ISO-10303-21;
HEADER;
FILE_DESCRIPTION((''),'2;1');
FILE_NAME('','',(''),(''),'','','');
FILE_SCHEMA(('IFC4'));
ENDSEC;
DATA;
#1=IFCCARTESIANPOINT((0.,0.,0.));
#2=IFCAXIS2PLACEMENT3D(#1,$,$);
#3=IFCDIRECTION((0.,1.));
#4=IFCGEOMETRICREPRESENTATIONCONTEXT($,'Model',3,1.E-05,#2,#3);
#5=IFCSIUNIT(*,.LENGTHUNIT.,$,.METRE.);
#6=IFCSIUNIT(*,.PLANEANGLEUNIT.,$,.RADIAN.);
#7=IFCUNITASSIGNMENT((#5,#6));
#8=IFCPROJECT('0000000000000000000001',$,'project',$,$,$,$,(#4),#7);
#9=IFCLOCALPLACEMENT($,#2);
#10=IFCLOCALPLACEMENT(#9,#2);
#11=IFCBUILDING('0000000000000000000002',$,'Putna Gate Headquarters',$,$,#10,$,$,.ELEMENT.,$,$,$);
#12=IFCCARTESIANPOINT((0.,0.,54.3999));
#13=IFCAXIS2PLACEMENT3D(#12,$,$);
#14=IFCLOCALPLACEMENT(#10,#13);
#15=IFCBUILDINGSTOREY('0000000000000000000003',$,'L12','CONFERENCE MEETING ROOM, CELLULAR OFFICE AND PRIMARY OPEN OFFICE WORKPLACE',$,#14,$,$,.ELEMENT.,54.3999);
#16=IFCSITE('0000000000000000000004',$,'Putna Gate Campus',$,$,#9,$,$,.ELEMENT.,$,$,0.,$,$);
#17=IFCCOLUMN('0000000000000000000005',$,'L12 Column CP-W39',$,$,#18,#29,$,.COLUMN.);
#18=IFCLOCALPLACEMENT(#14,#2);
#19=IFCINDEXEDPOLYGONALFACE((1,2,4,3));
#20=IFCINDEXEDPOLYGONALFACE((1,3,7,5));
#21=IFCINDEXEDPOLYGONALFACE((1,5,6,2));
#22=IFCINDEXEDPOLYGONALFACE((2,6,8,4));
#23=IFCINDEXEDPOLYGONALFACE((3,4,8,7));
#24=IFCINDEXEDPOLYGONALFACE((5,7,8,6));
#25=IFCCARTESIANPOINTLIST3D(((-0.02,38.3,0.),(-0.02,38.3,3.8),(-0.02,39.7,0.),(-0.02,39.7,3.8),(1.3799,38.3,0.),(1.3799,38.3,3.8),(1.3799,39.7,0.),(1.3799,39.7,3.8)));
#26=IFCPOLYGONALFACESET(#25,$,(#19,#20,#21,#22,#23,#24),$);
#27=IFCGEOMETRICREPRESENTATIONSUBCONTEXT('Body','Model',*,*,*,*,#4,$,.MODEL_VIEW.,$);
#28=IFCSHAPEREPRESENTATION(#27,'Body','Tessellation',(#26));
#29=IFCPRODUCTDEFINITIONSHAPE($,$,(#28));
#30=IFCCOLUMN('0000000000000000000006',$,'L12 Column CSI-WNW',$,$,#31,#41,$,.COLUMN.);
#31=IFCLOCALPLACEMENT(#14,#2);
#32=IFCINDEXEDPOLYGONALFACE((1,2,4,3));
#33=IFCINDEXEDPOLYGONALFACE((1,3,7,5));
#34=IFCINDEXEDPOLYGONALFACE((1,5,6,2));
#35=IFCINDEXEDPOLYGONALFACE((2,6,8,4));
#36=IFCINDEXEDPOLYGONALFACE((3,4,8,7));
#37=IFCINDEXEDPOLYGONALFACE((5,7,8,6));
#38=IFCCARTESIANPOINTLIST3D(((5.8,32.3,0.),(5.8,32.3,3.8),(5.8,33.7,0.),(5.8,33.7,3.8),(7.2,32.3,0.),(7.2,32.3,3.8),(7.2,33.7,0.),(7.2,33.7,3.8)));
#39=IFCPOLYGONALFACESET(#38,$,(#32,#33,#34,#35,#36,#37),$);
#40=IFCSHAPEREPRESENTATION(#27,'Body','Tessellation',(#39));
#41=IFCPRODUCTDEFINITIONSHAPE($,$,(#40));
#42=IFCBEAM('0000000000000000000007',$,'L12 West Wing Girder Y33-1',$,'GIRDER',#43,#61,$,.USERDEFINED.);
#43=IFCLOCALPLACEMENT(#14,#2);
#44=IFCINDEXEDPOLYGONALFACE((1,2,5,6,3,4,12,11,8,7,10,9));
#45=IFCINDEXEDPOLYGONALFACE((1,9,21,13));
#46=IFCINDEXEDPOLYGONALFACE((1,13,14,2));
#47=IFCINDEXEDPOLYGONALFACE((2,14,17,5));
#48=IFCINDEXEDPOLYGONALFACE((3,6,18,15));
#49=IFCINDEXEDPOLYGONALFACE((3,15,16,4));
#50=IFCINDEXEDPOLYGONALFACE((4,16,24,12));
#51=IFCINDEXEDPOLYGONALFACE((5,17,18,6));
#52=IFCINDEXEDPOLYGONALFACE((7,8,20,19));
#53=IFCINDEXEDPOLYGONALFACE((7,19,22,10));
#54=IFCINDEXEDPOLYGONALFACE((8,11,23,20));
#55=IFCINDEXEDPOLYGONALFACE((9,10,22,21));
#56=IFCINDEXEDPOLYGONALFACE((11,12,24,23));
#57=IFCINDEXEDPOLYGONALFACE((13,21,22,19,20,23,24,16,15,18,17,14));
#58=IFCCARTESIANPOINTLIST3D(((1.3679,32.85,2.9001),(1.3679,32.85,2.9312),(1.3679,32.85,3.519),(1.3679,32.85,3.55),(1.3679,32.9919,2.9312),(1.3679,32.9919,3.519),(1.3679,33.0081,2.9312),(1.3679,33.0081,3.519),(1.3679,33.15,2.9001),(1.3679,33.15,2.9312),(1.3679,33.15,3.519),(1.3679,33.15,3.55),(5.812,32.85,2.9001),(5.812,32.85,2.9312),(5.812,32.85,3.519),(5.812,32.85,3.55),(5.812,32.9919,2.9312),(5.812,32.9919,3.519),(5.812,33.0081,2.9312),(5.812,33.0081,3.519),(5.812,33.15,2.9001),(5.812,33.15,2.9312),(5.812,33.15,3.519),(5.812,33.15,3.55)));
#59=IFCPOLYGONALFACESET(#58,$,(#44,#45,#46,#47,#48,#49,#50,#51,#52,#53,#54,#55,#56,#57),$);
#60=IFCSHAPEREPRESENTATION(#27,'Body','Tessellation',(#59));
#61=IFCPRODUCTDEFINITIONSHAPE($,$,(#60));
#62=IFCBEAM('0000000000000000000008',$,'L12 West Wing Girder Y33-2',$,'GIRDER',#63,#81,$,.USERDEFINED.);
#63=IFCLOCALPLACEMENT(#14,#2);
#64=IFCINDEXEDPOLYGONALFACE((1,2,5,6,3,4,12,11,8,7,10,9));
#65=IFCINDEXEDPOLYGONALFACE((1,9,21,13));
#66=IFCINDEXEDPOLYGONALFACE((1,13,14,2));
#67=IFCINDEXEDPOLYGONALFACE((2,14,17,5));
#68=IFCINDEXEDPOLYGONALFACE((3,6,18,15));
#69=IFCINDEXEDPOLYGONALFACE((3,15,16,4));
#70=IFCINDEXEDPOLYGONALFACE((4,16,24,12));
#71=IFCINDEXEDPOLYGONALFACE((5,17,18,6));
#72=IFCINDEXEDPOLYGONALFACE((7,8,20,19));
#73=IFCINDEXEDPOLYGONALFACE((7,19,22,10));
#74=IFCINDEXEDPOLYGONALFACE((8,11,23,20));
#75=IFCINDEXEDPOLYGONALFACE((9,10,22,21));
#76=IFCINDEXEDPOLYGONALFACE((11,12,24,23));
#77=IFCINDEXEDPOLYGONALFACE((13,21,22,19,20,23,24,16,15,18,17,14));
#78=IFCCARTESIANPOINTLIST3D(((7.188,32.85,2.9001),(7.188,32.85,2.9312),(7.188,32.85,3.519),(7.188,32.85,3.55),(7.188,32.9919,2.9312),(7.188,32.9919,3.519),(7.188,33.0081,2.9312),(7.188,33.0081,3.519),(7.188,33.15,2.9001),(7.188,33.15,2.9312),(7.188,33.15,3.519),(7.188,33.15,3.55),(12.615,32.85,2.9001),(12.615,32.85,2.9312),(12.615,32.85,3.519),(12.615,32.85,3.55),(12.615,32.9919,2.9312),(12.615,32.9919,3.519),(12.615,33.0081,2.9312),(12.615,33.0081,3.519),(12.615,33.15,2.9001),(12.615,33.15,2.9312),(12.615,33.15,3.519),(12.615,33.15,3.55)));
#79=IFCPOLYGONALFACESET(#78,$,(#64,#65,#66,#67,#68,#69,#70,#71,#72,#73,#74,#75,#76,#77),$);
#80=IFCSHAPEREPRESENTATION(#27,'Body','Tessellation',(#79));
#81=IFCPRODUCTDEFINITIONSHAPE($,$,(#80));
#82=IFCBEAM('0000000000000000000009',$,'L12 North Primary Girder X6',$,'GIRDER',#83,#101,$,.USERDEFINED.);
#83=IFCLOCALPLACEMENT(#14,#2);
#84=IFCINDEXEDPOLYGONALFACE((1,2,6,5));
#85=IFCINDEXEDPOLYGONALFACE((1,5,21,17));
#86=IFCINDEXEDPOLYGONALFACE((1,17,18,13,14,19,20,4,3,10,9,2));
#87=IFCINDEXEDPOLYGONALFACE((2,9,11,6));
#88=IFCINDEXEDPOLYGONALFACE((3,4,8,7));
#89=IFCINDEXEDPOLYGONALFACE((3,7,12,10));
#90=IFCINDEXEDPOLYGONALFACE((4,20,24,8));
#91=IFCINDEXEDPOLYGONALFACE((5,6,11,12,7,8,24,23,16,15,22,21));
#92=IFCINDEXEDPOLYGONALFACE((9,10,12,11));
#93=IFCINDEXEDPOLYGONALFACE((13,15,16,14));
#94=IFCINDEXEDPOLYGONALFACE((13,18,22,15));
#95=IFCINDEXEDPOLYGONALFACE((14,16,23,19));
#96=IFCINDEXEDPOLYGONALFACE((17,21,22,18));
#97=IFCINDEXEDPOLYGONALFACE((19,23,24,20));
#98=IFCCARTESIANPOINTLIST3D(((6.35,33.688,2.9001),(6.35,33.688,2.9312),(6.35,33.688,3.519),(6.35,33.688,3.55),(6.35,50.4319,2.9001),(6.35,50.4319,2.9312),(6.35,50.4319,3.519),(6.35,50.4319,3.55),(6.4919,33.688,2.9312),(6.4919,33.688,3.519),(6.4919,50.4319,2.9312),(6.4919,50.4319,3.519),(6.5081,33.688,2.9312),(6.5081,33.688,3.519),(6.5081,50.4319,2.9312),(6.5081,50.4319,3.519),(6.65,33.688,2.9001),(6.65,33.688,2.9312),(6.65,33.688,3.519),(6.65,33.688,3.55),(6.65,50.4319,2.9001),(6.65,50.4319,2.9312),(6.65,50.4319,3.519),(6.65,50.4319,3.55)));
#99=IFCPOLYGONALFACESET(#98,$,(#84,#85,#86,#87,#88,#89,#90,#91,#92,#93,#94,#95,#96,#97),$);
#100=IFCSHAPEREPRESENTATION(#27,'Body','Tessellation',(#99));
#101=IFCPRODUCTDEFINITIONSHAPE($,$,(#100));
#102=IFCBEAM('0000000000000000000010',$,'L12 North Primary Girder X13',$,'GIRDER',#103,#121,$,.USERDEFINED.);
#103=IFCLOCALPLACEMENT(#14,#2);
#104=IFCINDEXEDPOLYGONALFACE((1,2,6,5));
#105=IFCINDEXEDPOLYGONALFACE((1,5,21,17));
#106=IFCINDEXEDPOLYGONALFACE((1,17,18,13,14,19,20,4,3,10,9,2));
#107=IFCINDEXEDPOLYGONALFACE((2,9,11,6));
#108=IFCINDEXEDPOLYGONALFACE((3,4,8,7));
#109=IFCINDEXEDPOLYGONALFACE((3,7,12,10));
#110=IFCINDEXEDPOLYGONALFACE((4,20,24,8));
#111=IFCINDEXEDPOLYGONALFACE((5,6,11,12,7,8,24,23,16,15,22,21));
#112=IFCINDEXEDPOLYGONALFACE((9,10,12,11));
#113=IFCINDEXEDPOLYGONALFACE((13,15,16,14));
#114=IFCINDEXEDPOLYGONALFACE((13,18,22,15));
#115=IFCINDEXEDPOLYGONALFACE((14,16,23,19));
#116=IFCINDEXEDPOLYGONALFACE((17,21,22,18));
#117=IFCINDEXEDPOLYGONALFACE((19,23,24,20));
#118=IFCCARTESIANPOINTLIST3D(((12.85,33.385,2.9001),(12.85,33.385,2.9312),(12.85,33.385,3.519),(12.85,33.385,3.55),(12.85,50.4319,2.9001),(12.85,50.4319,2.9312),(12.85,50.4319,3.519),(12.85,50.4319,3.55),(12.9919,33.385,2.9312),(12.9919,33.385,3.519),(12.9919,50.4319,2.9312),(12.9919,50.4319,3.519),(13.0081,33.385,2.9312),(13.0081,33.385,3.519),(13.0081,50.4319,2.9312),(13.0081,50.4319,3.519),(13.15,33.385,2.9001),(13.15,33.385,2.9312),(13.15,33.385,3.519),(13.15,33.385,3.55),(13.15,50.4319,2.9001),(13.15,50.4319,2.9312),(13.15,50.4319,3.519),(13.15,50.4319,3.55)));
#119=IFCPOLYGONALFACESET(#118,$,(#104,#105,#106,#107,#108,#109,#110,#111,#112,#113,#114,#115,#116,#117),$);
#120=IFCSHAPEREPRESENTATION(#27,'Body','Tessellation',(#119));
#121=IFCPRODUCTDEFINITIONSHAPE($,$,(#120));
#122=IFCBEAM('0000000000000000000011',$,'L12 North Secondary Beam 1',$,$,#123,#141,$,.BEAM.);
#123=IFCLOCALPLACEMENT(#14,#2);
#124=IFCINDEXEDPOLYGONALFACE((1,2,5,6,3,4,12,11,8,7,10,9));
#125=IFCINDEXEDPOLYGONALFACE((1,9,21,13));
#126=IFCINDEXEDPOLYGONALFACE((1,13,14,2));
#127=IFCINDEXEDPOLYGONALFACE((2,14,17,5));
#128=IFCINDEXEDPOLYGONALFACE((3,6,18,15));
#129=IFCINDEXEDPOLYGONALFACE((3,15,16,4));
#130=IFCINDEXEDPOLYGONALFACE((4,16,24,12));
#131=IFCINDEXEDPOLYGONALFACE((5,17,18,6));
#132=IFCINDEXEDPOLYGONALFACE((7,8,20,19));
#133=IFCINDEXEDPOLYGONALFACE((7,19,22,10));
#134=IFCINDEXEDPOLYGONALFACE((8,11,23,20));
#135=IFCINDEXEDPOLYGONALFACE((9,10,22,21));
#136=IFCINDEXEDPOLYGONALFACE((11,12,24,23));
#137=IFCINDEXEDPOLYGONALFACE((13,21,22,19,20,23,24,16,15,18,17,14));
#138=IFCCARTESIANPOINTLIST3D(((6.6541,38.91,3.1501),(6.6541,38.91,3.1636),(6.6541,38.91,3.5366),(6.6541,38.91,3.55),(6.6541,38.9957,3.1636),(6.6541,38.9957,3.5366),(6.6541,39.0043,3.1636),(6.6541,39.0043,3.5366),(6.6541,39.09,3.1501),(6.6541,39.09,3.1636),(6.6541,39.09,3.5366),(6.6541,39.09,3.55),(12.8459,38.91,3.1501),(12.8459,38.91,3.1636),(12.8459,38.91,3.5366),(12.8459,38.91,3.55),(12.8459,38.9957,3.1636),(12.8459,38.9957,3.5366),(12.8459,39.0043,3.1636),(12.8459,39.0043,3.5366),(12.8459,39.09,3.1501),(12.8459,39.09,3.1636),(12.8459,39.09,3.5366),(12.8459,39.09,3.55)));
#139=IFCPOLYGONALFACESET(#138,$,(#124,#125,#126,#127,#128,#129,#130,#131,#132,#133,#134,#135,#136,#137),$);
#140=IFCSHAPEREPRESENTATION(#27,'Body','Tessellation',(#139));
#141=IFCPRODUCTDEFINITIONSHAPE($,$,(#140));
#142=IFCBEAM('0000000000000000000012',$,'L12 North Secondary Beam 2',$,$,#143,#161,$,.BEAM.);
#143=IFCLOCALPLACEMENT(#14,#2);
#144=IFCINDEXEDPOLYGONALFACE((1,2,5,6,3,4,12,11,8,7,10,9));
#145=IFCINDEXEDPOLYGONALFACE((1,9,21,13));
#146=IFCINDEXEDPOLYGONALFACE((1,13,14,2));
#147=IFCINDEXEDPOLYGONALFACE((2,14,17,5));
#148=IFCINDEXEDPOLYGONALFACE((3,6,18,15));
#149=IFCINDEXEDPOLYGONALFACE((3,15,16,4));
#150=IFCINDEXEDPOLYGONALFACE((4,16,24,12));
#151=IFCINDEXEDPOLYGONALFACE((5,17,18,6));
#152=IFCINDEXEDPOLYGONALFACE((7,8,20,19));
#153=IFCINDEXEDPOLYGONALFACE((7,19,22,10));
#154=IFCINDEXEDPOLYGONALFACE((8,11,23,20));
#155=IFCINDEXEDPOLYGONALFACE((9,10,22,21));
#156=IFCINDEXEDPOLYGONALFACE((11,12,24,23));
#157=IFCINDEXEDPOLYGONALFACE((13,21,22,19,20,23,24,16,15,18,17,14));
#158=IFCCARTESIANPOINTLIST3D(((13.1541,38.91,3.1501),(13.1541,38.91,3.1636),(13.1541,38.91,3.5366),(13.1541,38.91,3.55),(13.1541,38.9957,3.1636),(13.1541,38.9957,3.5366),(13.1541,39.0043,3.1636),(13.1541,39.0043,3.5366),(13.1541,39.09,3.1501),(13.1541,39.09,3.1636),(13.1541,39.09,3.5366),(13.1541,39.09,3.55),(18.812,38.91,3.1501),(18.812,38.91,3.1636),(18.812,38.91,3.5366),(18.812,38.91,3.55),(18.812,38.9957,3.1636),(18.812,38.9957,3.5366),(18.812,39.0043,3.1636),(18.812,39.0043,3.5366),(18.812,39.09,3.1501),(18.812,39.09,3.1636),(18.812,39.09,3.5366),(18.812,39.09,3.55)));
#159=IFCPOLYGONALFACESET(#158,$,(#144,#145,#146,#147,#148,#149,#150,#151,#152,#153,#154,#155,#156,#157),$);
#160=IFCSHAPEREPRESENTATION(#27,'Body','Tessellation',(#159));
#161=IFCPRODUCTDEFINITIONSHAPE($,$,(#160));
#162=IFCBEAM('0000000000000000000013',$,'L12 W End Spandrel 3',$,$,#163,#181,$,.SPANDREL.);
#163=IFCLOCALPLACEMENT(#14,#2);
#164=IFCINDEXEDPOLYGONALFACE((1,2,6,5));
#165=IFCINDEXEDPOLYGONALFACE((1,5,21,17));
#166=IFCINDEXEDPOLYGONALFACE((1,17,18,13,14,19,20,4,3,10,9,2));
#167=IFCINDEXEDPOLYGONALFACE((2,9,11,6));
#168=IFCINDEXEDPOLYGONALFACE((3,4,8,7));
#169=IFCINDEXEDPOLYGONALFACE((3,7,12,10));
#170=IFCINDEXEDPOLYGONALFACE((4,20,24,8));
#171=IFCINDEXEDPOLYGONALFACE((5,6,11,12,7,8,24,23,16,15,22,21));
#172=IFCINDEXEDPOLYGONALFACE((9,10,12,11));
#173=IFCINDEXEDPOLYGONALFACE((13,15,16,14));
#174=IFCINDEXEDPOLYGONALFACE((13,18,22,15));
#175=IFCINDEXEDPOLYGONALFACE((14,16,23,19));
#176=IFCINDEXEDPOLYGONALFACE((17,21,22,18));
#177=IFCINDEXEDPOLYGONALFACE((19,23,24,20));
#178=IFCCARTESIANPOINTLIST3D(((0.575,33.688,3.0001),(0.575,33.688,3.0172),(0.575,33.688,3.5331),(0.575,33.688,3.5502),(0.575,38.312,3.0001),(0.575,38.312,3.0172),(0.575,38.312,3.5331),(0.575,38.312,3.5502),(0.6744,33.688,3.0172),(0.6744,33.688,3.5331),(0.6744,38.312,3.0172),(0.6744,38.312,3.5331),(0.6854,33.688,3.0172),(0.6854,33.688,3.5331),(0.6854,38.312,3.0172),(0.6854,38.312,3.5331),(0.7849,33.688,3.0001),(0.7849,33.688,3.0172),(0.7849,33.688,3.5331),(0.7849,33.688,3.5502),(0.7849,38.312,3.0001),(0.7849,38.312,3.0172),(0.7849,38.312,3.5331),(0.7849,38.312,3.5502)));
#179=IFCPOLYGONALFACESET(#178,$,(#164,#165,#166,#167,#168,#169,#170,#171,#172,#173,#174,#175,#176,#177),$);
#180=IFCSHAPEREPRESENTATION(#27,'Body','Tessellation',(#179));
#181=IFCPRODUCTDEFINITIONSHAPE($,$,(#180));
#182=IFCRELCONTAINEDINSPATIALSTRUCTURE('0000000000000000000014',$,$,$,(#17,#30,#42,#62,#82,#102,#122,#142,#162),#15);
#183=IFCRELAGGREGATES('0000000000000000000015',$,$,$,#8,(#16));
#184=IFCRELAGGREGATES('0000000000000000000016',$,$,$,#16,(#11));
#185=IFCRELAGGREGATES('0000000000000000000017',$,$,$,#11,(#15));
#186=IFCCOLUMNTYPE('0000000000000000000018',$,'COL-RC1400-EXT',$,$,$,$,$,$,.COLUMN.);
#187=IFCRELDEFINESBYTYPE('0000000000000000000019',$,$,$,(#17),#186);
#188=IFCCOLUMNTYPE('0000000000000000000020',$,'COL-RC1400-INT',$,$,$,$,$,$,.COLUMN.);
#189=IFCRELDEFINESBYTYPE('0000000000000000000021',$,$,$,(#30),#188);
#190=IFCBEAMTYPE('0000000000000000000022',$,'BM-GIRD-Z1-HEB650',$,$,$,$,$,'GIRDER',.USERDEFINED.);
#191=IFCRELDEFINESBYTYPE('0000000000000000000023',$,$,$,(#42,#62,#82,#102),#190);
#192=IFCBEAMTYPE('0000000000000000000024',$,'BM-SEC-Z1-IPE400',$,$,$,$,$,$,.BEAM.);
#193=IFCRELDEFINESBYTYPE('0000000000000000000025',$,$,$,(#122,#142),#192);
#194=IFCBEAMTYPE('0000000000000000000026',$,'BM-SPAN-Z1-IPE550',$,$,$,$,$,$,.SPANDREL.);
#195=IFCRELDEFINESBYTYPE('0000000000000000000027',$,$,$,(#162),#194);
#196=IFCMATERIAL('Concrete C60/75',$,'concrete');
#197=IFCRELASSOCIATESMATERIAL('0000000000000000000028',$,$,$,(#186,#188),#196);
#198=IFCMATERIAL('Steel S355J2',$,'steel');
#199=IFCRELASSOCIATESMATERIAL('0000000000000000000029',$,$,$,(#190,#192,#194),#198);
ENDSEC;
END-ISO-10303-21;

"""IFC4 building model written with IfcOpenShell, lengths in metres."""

from ifc_helpers import new_model, si_unit, direction, frame, origin, origin_2d, place, context, subcontext, project, spatial, rectangle, i_section, extrude, material, material_profile, profile_set, type_object, element, save


model = new_model("IFC4")

# Units and contexts
model_context = context("Model", 3, precision=1e-05, world=origin(), true_north=direction((0.0, 1.0)))
body_context = subcontext(model_context, "Body", "Model", "MODEL_VIEW")
ifc_project = project(units=[si_unit("LENGTHUNIT", "METRE"), si_unit("PLANEANGLEUNIT", "RADIAN")], contexts=[model_context])

# Site, building, storey
site_placement = place(None, origin())
site = spatial("IfcSite", under=ifc_project, at=site_placement, Name="Putna Gate Campus", CompositionType="ELEMENT", RefElevation=0.0)
building_placement = place(site_placement, origin())
building = spatial("IfcBuilding", under=site, at=building_placement, Name="Putna Gate Headquarters", CompositionType="ELEMENT")
storey_placement = place(building_placement, frame((0.0, 0.0, 54.3999)))
storey = spatial("IfcBuildingStorey", under=building, at=storey_placement, Name="L12", Description="CONFERENCE MEETING ROOM, CELLULAR OFFICE AND PRIMARY OPEN OFFICE WORKPLACE", CompositionType="ELEMENT", Elevation=54.3999)

# Columns
ifc_material_1 = material(Name="Concrete C60/75", Category="concrete")
ifc_material_profile_1 = material_profile(ifc_material_1, rectangle(XDim=1.3999, YDim=1.3999, at=origin_2d()), Name="Concrete C60/75")
ifc_profile_set_1 = profile_set([ifc_material_profile_1], Name="Concrete C60/75")
column_type_1 = type_object("IfcColumnType", Name="COL-RC1400-EXT", PredefinedType="COLUMN", material=ifc_profile_set_1)
column_1_placement = place(storey_placement, frame((0.6799, 39.0, 0.0), z_axis=(0.0, 0.0, 1.0), x_axis=(1.0, 0.0, 0.0)))
element("IfcColumn", 1, at=column_1_placement, inside=storey, type_object=column_type_1, Name="L12 Column CP-W39", PredefinedType="COLUMN", context=body_context, shape_type="SweptSolid", body=[
    extrude(rectangle(XDim=1.3999, YDim=1.3999, at=origin_2d()), origin(), (0.0, 0.0, 1.0), 3.8),
])
ifc_material_profile_2 = material_profile(ifc_material_1, rectangle(XDim=1.3999, YDim=1.3999, at=origin_2d()), Name="Concrete C60/75")
ifc_profile_set_2 = profile_set([ifc_material_profile_2], Name="Concrete C60/75")
column_type_2 = type_object("IfcColumnType", Name="COL-RC1400-INT", PredefinedType="COLUMN", material=ifc_profile_set_2)
column_2_placement = place(storey_placement, frame((6.5, 33.0, 0.0), z_axis=(0.0, 0.0, 1.0), x_axis=(1.0, 0.0, 0.0)))
element("IfcColumn", 2, at=column_2_placement, inside=storey, type_object=column_type_2, Name="L12 Column CSI-WNW", PredefinedType="COLUMN", context=body_context, shape_type="SweptSolid", body=[
    extrude(rectangle(XDim=1.3999, YDim=1.3999, at=origin_2d()), origin(), (0.0, 0.0, 1.0), 3.8),
])

# Beams
ifc_material_2 = material(Name="Steel S355J2", Category="steel")
ifc_material_profile_3 = material_profile(ifc_material_2, i_section(OverallWidth=0.3, OverallDepth=0.6499, WebThickness=0.0161, FlangeThickness=0.031, at=origin_2d()), Name="Steel S355J2")
ifc_profile_set_3 = profile_set([ifc_material_profile_3], Name="Steel S355J2")
beam_type_1 = type_object("IfcBeamType", Name="BM-GIRD-Z1-HEB650", ElementType="GIRDER", PredefinedType="USERDEFINED", material=ifc_profile_set_3)
beam_1_placement = place(storey_placement, frame((1.3679, 33.0, 3.2251), z_axis=(1.0, 0.0, 0.0), x_axis=(0.0, 1.0, 0.0)))
element("IfcBeam", 3, at=beam_1_placement, inside=storey, type_object=beam_type_1, Name="L12 West Wing Girder Y33-1", ObjectType="GIRDER", PredefinedType="USERDEFINED", context=body_context, shape_type="SweptSolid", body=[
    extrude(i_section(OverallWidth=0.3, OverallDepth=0.6499, WebThickness=0.0161, FlangeThickness=0.031, at=origin_2d()), origin(), (0.0, 0.0, 1.0), 4.4441),
])
beam_2_placement = place(storey_placement, frame((7.188, 33.0, 3.2251), z_axis=(1.0, 0.0, 0.0), x_axis=(0.0, 1.0, 0.0)))
element("IfcBeam", 4, at=beam_2_placement, inside=storey, type_object=beam_type_1, Name="L12 West Wing Girder Y33-2", ObjectType="GIRDER", PredefinedType="USERDEFINED", context=body_context, shape_type="SweptSolid", body=[
    extrude(i_section(OverallWidth=0.3, OverallDepth=0.6499, WebThickness=0.0161, FlangeThickness=0.031, at=origin_2d()), origin(), (0.0, 0.0, 1.0), 5.427),
])
beam_3_placement = place(storey_placement, frame((6.5, 33.688, 3.2251), z_axis=(0.0, 1.0, 0.0), x_axis=(-1.0, 0.0, 0.0)))
element("IfcBeam", 5, at=beam_3_placement, inside=storey, type_object=beam_type_1, Name="L12 North Primary Girder X6", ObjectType="GIRDER", PredefinedType="USERDEFINED", context=body_context, shape_type="SweptSolid", body=[
    extrude(i_section(OverallWidth=0.3, OverallDepth=0.6499, WebThickness=0.0161, FlangeThickness=0.031, at=origin_2d()), origin(), (0.0, 0.0, 1.0), 16.7439),
])
beam_4_placement = place(storey_placement, frame((13.0, 33.385, 3.2251), z_axis=(0.0, 1.0, 0.0), x_axis=(-1.0, 0.0, 0.0)))
element("IfcBeam", 6, at=beam_4_placement, inside=storey, type_object=beam_type_1, Name="L12 North Primary Girder X13", ObjectType="GIRDER", PredefinedType="USERDEFINED", context=body_context, shape_type="SweptSolid", body=[
    extrude(i_section(OverallWidth=0.3, OverallDepth=0.6499, WebThickness=0.0161, FlangeThickness=0.031, at=origin_2d()), origin(), (0.0, 0.0, 1.0), 17.0469),
])
ifc_material_profile_4 = material_profile(ifc_material_2, i_section(OverallWidth=0.1799, OverallDepth=0.3999, WebThickness=0.0085, FlangeThickness=0.0134, at=origin_2d()), Name="Steel S355J2")
ifc_profile_set_4 = profile_set([ifc_material_profile_4], Name="Steel S355J2")
beam_type_2 = type_object("IfcBeamType", Name="BM-SEC-Z1-IPE400", PredefinedType="BEAM", material=ifc_profile_set_4)
beam_5_placement = place(storey_placement, frame((6.6541, 39.0, 3.3501), z_axis=(1.0, 0.0, 0.0), x_axis=(0.0, 1.0, 0.0)))
element("IfcBeam", 7, at=beam_5_placement, inside=storey, type_object=beam_type_2, Name="L12 North Secondary Beam 1", PredefinedType="BEAM", context=body_context, shape_type="SweptSolid", body=[
    extrude(i_section(OverallWidth=0.1799, OverallDepth=0.3999, WebThickness=0.0085, FlangeThickness=0.0134, at=origin_2d()), origin(), (0.0, 0.0, 1.0), 6.1919),
])
beam_6_placement = place(storey_placement, frame((13.1541, 39.0, 3.3501), z_axis=(1.0, 0.0, 0.0), x_axis=(0.0, 1.0, 0.0)))
element("IfcBeam", 8, at=beam_6_placement, inside=storey, type_object=beam_type_2, Name="L12 North Secondary Beam 2", PredefinedType="BEAM", context=body_context, shape_type="SweptSolid", body=[
    extrude(i_section(OverallWidth=0.1799, OverallDepth=0.3999, WebThickness=0.0085, FlangeThickness=0.0134, at=origin_2d()), origin(), (0.0, 0.0, 1.0), 5.658),
])
ifc_material_profile_5 = material_profile(ifc_material_2, i_section(OverallWidth=0.21, OverallDepth=0.55, WebThickness=0.011, FlangeThickness=0.0171, at=origin_2d()), Name="Steel S355J2")
ifc_profile_set_5 = profile_set([ifc_material_profile_5], Name="Steel S355J2")
beam_type_3 = type_object("IfcBeamType", Name="BM-SPAN-Z1-IPE550", PredefinedType="SPANDREL", material=ifc_profile_set_5)
beam_7_placement = place(storey_placement, frame((0.6799, 33.688, 3.2751), z_axis=(0.0, 1.0, 0.0), x_axis=(-1.0, 0.0, 0.0)))
element("IfcBeam", 9, at=beam_7_placement, inside=storey, type_object=beam_type_3, Name="L12 W End Spandrel 3", PredefinedType="SPANDREL", context=body_context, shape_type="SweptSolid", body=[
    extrude(i_section(OverallWidth=0.21, OverallDepth=0.55, WebThickness=0.011, FlangeThickness=0.0171, at=origin_2d()), origin(), (0.0, 0.0, 1.0), 4.624),
])

save(model, "model.ifc")
